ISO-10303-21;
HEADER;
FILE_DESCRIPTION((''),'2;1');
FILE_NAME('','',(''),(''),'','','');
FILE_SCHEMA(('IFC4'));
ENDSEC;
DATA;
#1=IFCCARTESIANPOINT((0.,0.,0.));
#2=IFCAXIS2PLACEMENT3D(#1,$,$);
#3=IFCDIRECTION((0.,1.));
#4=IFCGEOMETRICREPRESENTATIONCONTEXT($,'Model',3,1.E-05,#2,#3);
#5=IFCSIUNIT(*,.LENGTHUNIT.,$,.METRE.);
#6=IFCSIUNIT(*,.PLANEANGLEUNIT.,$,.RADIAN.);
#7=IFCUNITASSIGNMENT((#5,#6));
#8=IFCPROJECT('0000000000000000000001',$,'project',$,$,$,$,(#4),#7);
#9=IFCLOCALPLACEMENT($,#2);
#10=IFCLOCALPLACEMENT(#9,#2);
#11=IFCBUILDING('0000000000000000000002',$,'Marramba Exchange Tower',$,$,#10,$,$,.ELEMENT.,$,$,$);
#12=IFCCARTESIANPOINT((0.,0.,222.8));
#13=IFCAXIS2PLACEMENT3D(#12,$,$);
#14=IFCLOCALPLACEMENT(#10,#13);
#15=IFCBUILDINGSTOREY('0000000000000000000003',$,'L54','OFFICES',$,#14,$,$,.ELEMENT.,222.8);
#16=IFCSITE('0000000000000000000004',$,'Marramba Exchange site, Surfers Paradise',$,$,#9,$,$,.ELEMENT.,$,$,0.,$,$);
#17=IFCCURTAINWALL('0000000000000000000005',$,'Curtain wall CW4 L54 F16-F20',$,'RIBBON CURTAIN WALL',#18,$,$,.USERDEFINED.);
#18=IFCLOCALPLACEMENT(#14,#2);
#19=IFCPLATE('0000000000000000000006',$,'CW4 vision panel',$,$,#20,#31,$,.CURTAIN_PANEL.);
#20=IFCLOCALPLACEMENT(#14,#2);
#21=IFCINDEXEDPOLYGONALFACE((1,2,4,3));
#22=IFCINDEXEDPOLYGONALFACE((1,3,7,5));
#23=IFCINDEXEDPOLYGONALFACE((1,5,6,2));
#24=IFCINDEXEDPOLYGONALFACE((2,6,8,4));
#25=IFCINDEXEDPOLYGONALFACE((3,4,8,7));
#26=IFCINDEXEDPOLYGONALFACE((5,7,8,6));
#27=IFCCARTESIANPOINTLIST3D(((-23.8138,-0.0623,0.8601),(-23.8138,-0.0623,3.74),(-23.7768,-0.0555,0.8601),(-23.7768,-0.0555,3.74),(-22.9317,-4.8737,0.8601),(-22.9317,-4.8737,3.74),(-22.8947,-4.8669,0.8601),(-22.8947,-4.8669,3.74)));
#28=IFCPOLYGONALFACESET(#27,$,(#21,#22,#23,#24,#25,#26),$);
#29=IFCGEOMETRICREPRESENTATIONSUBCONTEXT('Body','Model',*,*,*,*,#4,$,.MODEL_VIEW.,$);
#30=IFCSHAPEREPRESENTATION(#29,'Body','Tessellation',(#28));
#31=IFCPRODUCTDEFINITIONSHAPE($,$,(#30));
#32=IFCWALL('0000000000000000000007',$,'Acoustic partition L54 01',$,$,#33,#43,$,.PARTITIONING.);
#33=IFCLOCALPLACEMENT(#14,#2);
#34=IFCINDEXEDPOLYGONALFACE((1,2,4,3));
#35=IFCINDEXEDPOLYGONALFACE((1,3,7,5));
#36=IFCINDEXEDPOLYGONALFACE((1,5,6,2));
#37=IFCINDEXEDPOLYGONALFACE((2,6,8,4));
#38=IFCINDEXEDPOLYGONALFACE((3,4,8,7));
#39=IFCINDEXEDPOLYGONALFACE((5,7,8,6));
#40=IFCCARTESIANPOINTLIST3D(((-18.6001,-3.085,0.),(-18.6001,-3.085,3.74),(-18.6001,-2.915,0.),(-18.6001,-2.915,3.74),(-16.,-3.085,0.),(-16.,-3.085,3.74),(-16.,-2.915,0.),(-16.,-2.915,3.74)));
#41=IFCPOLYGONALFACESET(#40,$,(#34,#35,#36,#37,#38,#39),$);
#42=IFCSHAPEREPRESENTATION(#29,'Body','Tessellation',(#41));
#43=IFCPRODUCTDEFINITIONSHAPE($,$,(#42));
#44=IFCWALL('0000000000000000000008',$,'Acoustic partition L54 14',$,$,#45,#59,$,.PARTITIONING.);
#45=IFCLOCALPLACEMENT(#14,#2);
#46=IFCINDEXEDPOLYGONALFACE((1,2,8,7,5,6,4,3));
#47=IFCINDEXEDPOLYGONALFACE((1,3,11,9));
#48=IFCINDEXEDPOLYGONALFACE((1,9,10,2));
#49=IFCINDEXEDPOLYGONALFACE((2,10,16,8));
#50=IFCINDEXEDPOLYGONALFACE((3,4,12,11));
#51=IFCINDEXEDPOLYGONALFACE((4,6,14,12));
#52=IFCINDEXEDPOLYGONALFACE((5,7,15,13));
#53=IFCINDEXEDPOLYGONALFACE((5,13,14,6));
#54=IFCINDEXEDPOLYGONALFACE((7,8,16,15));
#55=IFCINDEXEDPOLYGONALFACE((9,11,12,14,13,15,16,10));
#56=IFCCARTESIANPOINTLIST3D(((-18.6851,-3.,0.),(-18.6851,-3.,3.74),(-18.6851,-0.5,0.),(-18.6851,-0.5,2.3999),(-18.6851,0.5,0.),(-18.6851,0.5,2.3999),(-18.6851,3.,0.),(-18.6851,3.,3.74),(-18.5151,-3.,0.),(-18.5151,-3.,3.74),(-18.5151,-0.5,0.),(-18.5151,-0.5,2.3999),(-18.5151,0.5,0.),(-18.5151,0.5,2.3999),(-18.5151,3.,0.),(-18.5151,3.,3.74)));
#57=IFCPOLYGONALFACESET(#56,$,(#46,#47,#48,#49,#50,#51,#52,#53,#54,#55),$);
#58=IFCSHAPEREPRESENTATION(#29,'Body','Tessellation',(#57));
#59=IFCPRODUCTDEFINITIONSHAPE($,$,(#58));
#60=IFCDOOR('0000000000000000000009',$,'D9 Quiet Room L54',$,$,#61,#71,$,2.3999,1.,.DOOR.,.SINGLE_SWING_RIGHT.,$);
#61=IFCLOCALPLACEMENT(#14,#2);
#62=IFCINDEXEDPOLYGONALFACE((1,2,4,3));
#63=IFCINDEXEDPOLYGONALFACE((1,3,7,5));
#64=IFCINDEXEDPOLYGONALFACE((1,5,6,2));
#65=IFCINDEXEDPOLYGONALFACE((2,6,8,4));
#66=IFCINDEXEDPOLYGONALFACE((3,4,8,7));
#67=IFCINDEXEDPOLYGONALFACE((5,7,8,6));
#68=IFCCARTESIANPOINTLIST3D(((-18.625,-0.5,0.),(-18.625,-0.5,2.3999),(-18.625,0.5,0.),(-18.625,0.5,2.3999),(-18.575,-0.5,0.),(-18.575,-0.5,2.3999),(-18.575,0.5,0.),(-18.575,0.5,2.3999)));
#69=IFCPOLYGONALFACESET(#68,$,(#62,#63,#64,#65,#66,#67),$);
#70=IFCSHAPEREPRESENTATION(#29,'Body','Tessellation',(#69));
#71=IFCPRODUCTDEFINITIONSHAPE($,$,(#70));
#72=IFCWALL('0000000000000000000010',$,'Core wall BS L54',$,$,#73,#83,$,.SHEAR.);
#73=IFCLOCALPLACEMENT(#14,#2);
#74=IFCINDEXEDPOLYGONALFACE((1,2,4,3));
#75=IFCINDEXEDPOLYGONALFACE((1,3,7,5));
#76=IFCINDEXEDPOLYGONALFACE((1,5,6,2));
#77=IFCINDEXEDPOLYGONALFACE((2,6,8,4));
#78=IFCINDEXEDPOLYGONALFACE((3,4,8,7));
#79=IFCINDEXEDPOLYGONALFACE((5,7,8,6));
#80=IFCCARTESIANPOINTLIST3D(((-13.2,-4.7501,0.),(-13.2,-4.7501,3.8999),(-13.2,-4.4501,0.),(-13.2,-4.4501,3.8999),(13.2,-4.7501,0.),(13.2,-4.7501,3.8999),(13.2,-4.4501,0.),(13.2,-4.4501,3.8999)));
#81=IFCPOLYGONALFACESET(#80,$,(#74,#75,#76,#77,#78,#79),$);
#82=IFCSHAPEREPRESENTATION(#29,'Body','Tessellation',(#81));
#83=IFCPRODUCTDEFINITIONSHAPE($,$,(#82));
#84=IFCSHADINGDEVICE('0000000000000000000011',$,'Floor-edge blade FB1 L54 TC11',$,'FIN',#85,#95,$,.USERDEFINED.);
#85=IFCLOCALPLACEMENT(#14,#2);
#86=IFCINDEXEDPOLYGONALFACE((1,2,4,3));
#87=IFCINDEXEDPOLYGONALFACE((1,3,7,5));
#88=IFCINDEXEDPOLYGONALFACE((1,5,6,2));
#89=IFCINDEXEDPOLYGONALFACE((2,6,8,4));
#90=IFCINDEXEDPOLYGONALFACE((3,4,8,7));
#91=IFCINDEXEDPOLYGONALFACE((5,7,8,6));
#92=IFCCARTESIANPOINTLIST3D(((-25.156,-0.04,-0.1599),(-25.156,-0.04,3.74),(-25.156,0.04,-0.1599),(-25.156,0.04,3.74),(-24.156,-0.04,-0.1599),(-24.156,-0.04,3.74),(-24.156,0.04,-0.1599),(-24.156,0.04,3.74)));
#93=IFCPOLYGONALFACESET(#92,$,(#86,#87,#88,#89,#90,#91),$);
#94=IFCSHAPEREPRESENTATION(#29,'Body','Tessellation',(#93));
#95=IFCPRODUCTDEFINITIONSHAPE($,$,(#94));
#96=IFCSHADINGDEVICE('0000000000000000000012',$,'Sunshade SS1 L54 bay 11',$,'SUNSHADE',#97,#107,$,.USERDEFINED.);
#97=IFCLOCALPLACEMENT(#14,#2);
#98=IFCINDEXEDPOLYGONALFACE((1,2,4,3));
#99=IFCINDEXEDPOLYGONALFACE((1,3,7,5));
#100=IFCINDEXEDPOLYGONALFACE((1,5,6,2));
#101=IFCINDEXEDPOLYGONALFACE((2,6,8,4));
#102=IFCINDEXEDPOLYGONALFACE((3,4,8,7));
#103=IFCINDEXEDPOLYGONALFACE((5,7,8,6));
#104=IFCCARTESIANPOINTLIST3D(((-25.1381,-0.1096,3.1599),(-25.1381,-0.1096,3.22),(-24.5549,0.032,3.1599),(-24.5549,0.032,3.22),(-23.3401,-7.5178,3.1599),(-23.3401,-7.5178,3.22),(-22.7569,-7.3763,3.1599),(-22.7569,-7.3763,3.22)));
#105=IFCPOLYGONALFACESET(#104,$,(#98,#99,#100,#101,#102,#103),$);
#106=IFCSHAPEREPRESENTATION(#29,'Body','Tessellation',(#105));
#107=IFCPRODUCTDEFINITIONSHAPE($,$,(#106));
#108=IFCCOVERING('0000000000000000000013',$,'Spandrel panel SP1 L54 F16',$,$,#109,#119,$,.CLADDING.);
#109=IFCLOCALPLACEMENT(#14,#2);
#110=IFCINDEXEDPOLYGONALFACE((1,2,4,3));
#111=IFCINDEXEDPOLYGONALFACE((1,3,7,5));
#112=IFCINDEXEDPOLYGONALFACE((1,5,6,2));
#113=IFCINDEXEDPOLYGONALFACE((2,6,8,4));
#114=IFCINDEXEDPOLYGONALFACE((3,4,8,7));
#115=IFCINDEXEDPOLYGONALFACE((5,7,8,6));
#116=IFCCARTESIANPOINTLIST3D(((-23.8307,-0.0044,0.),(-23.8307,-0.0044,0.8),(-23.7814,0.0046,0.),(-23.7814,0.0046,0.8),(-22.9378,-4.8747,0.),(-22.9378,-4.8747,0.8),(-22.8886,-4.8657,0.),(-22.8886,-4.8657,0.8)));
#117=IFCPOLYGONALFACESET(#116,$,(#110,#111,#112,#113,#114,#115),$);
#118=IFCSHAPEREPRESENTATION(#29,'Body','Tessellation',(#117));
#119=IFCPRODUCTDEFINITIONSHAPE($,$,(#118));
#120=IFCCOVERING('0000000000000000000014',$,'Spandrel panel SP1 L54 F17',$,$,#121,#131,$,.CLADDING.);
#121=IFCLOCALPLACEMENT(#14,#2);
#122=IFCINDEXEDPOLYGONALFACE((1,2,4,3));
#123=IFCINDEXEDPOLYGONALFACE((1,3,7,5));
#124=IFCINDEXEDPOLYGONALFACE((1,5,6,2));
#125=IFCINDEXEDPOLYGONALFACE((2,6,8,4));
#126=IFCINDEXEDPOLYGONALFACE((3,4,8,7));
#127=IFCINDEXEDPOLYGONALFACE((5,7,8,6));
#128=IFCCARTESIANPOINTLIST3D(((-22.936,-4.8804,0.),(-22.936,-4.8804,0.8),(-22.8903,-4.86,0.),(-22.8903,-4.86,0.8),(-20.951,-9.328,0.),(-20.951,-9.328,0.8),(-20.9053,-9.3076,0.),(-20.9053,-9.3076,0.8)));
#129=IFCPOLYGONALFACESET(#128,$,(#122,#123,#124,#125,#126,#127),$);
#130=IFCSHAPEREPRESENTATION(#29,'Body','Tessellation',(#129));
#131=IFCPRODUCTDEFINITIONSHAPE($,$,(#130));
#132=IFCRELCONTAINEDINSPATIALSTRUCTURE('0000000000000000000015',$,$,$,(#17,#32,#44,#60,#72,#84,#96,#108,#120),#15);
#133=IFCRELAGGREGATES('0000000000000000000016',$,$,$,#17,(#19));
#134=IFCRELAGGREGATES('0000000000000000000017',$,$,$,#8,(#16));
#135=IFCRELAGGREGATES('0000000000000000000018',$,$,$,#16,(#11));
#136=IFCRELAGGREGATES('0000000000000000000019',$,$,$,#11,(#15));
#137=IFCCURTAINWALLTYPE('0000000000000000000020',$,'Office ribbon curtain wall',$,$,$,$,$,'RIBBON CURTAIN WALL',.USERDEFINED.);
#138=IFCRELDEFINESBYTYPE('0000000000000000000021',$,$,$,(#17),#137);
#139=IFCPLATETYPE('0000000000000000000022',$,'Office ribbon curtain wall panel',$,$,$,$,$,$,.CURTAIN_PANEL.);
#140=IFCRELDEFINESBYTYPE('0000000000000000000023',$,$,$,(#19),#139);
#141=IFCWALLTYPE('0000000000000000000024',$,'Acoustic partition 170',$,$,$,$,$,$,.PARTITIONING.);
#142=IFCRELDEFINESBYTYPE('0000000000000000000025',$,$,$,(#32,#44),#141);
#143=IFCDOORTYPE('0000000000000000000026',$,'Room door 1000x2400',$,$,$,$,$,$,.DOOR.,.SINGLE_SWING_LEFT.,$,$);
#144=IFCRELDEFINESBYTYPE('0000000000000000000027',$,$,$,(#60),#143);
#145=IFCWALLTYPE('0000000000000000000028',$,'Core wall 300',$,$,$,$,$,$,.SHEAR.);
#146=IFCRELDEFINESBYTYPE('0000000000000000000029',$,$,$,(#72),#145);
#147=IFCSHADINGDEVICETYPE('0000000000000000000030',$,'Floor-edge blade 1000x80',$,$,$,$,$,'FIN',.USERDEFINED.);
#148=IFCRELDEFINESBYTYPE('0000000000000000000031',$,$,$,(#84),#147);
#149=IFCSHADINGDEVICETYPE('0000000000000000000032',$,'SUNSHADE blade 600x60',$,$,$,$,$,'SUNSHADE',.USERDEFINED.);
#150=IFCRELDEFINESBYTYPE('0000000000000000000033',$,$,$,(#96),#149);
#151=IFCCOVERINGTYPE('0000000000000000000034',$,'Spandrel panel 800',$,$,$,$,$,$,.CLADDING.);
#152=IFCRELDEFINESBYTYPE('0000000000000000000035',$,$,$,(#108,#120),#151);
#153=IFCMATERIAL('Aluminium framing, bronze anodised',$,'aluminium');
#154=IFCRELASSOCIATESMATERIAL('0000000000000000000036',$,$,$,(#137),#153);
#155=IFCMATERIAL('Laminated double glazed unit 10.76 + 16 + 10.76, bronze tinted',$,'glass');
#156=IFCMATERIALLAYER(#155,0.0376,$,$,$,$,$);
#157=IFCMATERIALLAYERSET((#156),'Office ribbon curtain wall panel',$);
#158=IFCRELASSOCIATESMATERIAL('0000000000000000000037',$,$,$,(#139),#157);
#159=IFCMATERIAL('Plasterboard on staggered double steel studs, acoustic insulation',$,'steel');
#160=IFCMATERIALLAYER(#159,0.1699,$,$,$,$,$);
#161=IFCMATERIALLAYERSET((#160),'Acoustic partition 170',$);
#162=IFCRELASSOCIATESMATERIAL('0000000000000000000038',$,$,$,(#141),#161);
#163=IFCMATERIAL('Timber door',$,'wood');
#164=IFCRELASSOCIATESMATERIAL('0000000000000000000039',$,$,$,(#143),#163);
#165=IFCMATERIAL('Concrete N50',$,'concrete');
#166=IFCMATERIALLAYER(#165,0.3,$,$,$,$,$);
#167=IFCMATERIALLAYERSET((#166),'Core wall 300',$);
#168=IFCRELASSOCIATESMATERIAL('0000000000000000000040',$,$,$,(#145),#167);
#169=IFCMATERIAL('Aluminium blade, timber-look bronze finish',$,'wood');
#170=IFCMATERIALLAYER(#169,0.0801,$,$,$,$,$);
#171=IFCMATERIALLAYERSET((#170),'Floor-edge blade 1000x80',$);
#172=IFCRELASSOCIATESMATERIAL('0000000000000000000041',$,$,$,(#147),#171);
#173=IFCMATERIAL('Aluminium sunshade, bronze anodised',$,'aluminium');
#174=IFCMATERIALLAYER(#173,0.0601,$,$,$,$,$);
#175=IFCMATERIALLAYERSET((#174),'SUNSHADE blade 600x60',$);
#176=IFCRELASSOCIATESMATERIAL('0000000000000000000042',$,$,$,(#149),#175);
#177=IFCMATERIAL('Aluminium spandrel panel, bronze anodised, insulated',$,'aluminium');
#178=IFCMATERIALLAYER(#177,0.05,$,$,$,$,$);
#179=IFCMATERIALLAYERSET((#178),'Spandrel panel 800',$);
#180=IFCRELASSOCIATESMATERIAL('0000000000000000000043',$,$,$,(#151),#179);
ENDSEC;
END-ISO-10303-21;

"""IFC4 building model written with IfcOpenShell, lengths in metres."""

from ifc_helpers import new_model, si_unit, direction, frame, frame_2d, origin, origin_2d, place, context, subcontext, project, spatial, rectangle, extrude, material, layer, layer_set, type_object, element, fill, aggregate, save


model = new_model("IFC4")

# Units and contexts
model_context = context("Model", 3, precision=1e-05, world=origin(), true_north=direction((0.0, 1.0)))
body_context = subcontext(model_context, "Body", "Model", "MODEL_VIEW")
ifc_project = project(units=[si_unit("LENGTHUNIT", "METRE"), si_unit("PLANEANGLEUNIT", "RADIAN")], contexts=[model_context])

# Site, building, storey
site_placement = place(None, origin())
site = spatial("IfcSite", under=ifc_project, at=site_placement, Name="Marramba Exchange site, Surfers Paradise", CompositionType="ELEMENT", RefElevation=0.0)
building_placement = place(site_placement, origin())
building = spatial("IfcBuilding", under=site, at=building_placement, Name="Marramba Exchange Tower", CompositionType="ELEMENT")
storey_placement = place(building_placement, frame((0.0, 0.0, 222.8)))
storey = spatial("IfcBuildingStorey", under=building, at=storey_placement, Name="L54", Description="OFFICES", CompositionType="ELEMENT", Elevation=222.8)

# Shared definitions
ifc_material_1 = material(Name="Concrete N50", Category="concrete")

# Curtain wall
ifc_material_2 = material(Name="Aluminium framing, bronze anodised", Category="aluminium")
curtain_wall_type = type_object("IfcCurtainWallType", Name="Office ribbon curtain wall", ElementType="RIBBON CURTAIN WALL", PredefinedType="USERDEFINED", material=ifc_material_2)
curtain_wall_placement = place(storey_placement, origin())
curtain_wall = element("IfcCurtainWall", 1, at=curtain_wall_placement, inside=storey, type_object=curtain_wall_type, Name="Curtain wall CW4 L54 F16-F20", ObjectType="RIBBON CURTAIN WALL", PredefinedType="USERDEFINED")

# Plate
ifc_material_3 = material(Name="Laminated double glazed unit 10.76 + 16 + 10.76, bronze tinted", Category="glass")
ifc_layer_1 = layer(ifc_material_3, 0.0376)
ifc_layer_set_1 = layer_set([ifc_layer_1], Name="Office ribbon curtain wall panel")
plate_type = type_object("IfcPlateType", Name="Office ribbon curtain wall panel", PredefinedType="CURTAIN_PANEL", material=ifc_layer_set_1)
plate_placement = place(storey_placement, frame((-23.3542, -2.4646, 0.8601), z_axis=(0.0, 0.0, 1.0), x_axis=(0.180327, -0.983607, 0.0)))
plate = element("IfcPlate", 2, at=plate_placement, type_object=plate_type, Name="CW4 vision panel", PredefinedType="CURTAIN_PANEL", context=body_context, shape_type="SweptSolid", body=[
    extrude(rectangle(XDim=4.8916, YDim=0.0376, at=origin_2d()), origin(), (0.0, 0.0, 1.0), 2.8799),
])
aggregate(curtain_wall, [plate])

# Wall
ifc_material_4 = material(Name="Plasterboard on staggered double steel studs, acoustic insulation", Category="steel")
ifc_layer_2 = layer(ifc_material_4, 0.1699)
ifc_layer_set_2 = layer_set([ifc_layer_2], Name="Acoustic partition 170")
wall_type_1 = type_object("IfcWallType", Name="Acoustic partition 170", PredefinedType="PARTITIONING", material=ifc_layer_set_2)
wall_1_placement = place(storey_placement, frame((-16.0, -3.0, 0.0), z_axis=(0.0, 0.0, 1.0), x_axis=(-1.0, 0.0, 0.0)))
element("IfcWall", 3, at=wall_1_placement, inside=storey, type_object=wall_type_1, Name="Acoustic partition L54 01", PredefinedType="PARTITIONING", context=body_context, shape_type="SweptSolid", body=[
    extrude(rectangle(XDim=2.6001, YDim=0.1699, at=frame_2d((1.3, 0.0))), origin(), (0.0, 0.0, 1.0), 3.74),
])

# Wall, opening, door
wall_2_placement = place(storey_placement, frame((-18.6001, -3.0, 0.0), z_axis=(0.0, 0.0, 1.0), x_axis=(0.0, 1.0, 0.0)))
wall_2 = element("IfcWall", 4, at=wall_2_placement, inside=storey, type_object=wall_type_1, Name="Acoustic partition L54 14", PredefinedType="PARTITIONING", context=body_context, shape_type="SweptSolid", body=[
    extrude(rectangle(XDim=6.0, YDim=0.1699, at=frame_2d((3.0, 0.0))), origin(), (0.0, 0.0, 1.0), 3.74),
])
opening_placement = place(wall_2_placement, frame((2.5, 0.0, 0.0)))
opening = element("IfcOpeningElement", 5, at=opening_placement, cuts=wall_2, PredefinedType="OPENING", context=body_context, shape_type="SweptSolid", body=[
    extrude(rectangle(XDim=1.0, YDim=2.3999, at=frame_2d((0.5, 1.2))), frame((0.0, 0.095, 0.0), z_axis=(0.0, -1.0, 0.0), x_axis=(1.0, 0.0, 0.0)), (0.0, 0.0, 1.0), 0.1899),
])
ifc_material_5 = material(Name="Timber door", Category="wood")
door_type = type_object("IfcDoorType", Name="Room door 1000x2400", OperationType="SINGLE_SWING_LEFT", PredefinedType="DOOR", material=ifc_material_5)
door_placement = place(opening_placement, frame((1.0, 0.0, 0.0), z_axis=(0.0, 0.0, 1.0), x_axis=(-1.0, 0.0, 0.0)))
door = element("IfcDoor", 6, at=door_placement, inside=storey, type_object=door_type, Name="D9 Quiet Room L54", OperationType="SINGLE_SWING_RIGHT", OverallHeight=2.3999, OverallWidth=1.0, PredefinedType="DOOR", context=body_context, shape_type="SweptSolid", body=[
    extrude(rectangle(XDim=1.0, YDim=2.3999, at=frame_2d((0.5, 1.2))), frame((0.0, 0.0251, 0.0), z_axis=(0.0, -1.0, 0.0), x_axis=(1.0, 0.0, 0.0)), (0.0, 0.0, 1.0), 0.05),
])
fill(opening, door)

# Wall
ifc_layer_3 = layer(ifc_material_1, 0.3)
ifc_layer_set_3 = layer_set([ifc_layer_3], Name="Core wall 300")
wall_type_2 = type_object("IfcWallType", Name="Core wall 300", PredefinedType="SHEAR", material=ifc_layer_set_3)
wall_3_placement = place(storey_placement, frame((-13.2, -4.6001, 0.0), z_axis=(0.0, 0.0, 1.0), x_axis=(1.0, 0.0, 0.0)))
element("IfcWall", 7, at=wall_3_placement, inside=storey, type_object=wall_type_2, Name="Core wall BS L54", PredefinedType="SHEAR", context=body_context, shape_type="SweptSolid", body=[
    extrude(rectangle(XDim=26.3999, YDim=0.3, at=frame_2d((13.2, 0.0))), origin(), (0.0, 0.0, 1.0), 3.8999),
])

# Shading devices
ifc_material_6 = material(Name="Aluminium blade, timber-look bronze finish", Category="wood")
ifc_layer_4 = layer(ifc_material_6, 0.0801)
ifc_layer_set_4 = layer_set([ifc_layer_4], Name="Floor-edge blade 1000x80")
shading_device_type_1 = type_object("IfcShadingDeviceType", Name="Floor-edge blade 1000x80", ElementType="FIN", PredefinedType="USERDEFINED", material=ifc_layer_set_4)
shading_device_1_placement = place(storey_placement, frame((-24.656, 0.0, -0.1599), z_axis=(0.0, 0.0, 1.0), x_axis=(-1.0, 0.0, 0.0)))
element("IfcShadingDevice", 8, at=shading_device_1_placement, inside=storey, type_object=shading_device_type_1, Name="Floor-edge blade FB1 L54 TC11", ObjectType="FIN", PredefinedType="USERDEFINED", context=body_context, shape_type="SweptSolid", body=[
    extrude(rectangle(XDim=1.0, YDim=0.0801, at=origin_2d()), origin(), (0.0, 0.0, 1.0), 3.8999),
])
ifc_material_7 = material(Name="Aluminium sunshade, bronze anodised", Category="aluminium")
ifc_layer_5 = layer(ifc_material_7, 0.0601)
ifc_layer_set_5 = layer_set([ifc_layer_5], Name="SUNSHADE blade 600x60")
shading_device_type_2 = type_object("IfcShadingDeviceType", Name="SUNSHADE blade 600x60", ElementType="SUNSHADE", PredefinedType="USERDEFINED", material=ifc_layer_set_5)
shading_device_2_placement = place(storey_placement, frame((-23.9475, -3.7429, 3.1599), z_axis=(0.0, 0.0, 1.0), x_axis=(0.235861, -0.971787, 0.0)))
element("IfcShadingDevice", 9, at=shading_device_2_placement, inside=storey, type_object=shading_device_type_2, Name="Sunshade SS1 L54 bay 11", ObjectType="SUNSHADE", PredefinedType="USERDEFINED", context=body_context, shape_type="SweptSolid", body=[
    extrude(rectangle(XDim=7.6233, YDim=0.6001, at=origin_2d()), origin(), (0.0, 0.0, 1.0), 0.0601),
])

# Coverings
ifc_material_8 = material(Name="Aluminium spandrel panel, bronze anodised, insulated", Category="aluminium")
ifc_layer_6 = layer(ifc_material_8, 0.05)
ifc_layer_set_6 = layer_set([ifc_layer_6], Name="Spandrel panel 800")
covering_type = type_object("IfcCoveringType", Name="Spandrel panel 800", PredefinedType="CLADDING", material=ifc_layer_set_6)
covering_1_placement = place(storey_placement, frame((-23.3596, -2.4351, 0.0), z_axis=(0.0, 0.0, 1.0), x_axis=(0.180327, -0.983607, 0.0)))
element("IfcCovering", 10, at=covering_1_placement, inside=storey, type_object=covering_type, Name="Spandrel panel SP1 L54 F16", PredefinedType="CLADDING", context=body_context, shape_type="SweptSolid", body=[
    extrude(rectangle(XDim=4.9514, YDim=0.05, at=origin_2d()), origin(), (0.0, 0.0, 1.0), 0.8),
])
covering_2_placement = place(storey_placement, frame((-21.9207, -7.094, 0.0), z_axis=(0.0, 0.0, 1.0), x_axis=(0.407558, -0.91318, 0.0)))
element("IfcCovering", 11, at=covering_2_placement, inside=storey, type_object=covering_type, Name="Spandrel panel SP1 L54 F17", PredefinedType="CLADDING", context=body_context, shape_type="SweptSolid", body=[
    extrude(rectangle(XDim=4.8704, YDim=0.05, at=origin_2d()), origin(), (0.0, 0.0, 1.0), 0.8),
])

save(model, "model.ifc")
